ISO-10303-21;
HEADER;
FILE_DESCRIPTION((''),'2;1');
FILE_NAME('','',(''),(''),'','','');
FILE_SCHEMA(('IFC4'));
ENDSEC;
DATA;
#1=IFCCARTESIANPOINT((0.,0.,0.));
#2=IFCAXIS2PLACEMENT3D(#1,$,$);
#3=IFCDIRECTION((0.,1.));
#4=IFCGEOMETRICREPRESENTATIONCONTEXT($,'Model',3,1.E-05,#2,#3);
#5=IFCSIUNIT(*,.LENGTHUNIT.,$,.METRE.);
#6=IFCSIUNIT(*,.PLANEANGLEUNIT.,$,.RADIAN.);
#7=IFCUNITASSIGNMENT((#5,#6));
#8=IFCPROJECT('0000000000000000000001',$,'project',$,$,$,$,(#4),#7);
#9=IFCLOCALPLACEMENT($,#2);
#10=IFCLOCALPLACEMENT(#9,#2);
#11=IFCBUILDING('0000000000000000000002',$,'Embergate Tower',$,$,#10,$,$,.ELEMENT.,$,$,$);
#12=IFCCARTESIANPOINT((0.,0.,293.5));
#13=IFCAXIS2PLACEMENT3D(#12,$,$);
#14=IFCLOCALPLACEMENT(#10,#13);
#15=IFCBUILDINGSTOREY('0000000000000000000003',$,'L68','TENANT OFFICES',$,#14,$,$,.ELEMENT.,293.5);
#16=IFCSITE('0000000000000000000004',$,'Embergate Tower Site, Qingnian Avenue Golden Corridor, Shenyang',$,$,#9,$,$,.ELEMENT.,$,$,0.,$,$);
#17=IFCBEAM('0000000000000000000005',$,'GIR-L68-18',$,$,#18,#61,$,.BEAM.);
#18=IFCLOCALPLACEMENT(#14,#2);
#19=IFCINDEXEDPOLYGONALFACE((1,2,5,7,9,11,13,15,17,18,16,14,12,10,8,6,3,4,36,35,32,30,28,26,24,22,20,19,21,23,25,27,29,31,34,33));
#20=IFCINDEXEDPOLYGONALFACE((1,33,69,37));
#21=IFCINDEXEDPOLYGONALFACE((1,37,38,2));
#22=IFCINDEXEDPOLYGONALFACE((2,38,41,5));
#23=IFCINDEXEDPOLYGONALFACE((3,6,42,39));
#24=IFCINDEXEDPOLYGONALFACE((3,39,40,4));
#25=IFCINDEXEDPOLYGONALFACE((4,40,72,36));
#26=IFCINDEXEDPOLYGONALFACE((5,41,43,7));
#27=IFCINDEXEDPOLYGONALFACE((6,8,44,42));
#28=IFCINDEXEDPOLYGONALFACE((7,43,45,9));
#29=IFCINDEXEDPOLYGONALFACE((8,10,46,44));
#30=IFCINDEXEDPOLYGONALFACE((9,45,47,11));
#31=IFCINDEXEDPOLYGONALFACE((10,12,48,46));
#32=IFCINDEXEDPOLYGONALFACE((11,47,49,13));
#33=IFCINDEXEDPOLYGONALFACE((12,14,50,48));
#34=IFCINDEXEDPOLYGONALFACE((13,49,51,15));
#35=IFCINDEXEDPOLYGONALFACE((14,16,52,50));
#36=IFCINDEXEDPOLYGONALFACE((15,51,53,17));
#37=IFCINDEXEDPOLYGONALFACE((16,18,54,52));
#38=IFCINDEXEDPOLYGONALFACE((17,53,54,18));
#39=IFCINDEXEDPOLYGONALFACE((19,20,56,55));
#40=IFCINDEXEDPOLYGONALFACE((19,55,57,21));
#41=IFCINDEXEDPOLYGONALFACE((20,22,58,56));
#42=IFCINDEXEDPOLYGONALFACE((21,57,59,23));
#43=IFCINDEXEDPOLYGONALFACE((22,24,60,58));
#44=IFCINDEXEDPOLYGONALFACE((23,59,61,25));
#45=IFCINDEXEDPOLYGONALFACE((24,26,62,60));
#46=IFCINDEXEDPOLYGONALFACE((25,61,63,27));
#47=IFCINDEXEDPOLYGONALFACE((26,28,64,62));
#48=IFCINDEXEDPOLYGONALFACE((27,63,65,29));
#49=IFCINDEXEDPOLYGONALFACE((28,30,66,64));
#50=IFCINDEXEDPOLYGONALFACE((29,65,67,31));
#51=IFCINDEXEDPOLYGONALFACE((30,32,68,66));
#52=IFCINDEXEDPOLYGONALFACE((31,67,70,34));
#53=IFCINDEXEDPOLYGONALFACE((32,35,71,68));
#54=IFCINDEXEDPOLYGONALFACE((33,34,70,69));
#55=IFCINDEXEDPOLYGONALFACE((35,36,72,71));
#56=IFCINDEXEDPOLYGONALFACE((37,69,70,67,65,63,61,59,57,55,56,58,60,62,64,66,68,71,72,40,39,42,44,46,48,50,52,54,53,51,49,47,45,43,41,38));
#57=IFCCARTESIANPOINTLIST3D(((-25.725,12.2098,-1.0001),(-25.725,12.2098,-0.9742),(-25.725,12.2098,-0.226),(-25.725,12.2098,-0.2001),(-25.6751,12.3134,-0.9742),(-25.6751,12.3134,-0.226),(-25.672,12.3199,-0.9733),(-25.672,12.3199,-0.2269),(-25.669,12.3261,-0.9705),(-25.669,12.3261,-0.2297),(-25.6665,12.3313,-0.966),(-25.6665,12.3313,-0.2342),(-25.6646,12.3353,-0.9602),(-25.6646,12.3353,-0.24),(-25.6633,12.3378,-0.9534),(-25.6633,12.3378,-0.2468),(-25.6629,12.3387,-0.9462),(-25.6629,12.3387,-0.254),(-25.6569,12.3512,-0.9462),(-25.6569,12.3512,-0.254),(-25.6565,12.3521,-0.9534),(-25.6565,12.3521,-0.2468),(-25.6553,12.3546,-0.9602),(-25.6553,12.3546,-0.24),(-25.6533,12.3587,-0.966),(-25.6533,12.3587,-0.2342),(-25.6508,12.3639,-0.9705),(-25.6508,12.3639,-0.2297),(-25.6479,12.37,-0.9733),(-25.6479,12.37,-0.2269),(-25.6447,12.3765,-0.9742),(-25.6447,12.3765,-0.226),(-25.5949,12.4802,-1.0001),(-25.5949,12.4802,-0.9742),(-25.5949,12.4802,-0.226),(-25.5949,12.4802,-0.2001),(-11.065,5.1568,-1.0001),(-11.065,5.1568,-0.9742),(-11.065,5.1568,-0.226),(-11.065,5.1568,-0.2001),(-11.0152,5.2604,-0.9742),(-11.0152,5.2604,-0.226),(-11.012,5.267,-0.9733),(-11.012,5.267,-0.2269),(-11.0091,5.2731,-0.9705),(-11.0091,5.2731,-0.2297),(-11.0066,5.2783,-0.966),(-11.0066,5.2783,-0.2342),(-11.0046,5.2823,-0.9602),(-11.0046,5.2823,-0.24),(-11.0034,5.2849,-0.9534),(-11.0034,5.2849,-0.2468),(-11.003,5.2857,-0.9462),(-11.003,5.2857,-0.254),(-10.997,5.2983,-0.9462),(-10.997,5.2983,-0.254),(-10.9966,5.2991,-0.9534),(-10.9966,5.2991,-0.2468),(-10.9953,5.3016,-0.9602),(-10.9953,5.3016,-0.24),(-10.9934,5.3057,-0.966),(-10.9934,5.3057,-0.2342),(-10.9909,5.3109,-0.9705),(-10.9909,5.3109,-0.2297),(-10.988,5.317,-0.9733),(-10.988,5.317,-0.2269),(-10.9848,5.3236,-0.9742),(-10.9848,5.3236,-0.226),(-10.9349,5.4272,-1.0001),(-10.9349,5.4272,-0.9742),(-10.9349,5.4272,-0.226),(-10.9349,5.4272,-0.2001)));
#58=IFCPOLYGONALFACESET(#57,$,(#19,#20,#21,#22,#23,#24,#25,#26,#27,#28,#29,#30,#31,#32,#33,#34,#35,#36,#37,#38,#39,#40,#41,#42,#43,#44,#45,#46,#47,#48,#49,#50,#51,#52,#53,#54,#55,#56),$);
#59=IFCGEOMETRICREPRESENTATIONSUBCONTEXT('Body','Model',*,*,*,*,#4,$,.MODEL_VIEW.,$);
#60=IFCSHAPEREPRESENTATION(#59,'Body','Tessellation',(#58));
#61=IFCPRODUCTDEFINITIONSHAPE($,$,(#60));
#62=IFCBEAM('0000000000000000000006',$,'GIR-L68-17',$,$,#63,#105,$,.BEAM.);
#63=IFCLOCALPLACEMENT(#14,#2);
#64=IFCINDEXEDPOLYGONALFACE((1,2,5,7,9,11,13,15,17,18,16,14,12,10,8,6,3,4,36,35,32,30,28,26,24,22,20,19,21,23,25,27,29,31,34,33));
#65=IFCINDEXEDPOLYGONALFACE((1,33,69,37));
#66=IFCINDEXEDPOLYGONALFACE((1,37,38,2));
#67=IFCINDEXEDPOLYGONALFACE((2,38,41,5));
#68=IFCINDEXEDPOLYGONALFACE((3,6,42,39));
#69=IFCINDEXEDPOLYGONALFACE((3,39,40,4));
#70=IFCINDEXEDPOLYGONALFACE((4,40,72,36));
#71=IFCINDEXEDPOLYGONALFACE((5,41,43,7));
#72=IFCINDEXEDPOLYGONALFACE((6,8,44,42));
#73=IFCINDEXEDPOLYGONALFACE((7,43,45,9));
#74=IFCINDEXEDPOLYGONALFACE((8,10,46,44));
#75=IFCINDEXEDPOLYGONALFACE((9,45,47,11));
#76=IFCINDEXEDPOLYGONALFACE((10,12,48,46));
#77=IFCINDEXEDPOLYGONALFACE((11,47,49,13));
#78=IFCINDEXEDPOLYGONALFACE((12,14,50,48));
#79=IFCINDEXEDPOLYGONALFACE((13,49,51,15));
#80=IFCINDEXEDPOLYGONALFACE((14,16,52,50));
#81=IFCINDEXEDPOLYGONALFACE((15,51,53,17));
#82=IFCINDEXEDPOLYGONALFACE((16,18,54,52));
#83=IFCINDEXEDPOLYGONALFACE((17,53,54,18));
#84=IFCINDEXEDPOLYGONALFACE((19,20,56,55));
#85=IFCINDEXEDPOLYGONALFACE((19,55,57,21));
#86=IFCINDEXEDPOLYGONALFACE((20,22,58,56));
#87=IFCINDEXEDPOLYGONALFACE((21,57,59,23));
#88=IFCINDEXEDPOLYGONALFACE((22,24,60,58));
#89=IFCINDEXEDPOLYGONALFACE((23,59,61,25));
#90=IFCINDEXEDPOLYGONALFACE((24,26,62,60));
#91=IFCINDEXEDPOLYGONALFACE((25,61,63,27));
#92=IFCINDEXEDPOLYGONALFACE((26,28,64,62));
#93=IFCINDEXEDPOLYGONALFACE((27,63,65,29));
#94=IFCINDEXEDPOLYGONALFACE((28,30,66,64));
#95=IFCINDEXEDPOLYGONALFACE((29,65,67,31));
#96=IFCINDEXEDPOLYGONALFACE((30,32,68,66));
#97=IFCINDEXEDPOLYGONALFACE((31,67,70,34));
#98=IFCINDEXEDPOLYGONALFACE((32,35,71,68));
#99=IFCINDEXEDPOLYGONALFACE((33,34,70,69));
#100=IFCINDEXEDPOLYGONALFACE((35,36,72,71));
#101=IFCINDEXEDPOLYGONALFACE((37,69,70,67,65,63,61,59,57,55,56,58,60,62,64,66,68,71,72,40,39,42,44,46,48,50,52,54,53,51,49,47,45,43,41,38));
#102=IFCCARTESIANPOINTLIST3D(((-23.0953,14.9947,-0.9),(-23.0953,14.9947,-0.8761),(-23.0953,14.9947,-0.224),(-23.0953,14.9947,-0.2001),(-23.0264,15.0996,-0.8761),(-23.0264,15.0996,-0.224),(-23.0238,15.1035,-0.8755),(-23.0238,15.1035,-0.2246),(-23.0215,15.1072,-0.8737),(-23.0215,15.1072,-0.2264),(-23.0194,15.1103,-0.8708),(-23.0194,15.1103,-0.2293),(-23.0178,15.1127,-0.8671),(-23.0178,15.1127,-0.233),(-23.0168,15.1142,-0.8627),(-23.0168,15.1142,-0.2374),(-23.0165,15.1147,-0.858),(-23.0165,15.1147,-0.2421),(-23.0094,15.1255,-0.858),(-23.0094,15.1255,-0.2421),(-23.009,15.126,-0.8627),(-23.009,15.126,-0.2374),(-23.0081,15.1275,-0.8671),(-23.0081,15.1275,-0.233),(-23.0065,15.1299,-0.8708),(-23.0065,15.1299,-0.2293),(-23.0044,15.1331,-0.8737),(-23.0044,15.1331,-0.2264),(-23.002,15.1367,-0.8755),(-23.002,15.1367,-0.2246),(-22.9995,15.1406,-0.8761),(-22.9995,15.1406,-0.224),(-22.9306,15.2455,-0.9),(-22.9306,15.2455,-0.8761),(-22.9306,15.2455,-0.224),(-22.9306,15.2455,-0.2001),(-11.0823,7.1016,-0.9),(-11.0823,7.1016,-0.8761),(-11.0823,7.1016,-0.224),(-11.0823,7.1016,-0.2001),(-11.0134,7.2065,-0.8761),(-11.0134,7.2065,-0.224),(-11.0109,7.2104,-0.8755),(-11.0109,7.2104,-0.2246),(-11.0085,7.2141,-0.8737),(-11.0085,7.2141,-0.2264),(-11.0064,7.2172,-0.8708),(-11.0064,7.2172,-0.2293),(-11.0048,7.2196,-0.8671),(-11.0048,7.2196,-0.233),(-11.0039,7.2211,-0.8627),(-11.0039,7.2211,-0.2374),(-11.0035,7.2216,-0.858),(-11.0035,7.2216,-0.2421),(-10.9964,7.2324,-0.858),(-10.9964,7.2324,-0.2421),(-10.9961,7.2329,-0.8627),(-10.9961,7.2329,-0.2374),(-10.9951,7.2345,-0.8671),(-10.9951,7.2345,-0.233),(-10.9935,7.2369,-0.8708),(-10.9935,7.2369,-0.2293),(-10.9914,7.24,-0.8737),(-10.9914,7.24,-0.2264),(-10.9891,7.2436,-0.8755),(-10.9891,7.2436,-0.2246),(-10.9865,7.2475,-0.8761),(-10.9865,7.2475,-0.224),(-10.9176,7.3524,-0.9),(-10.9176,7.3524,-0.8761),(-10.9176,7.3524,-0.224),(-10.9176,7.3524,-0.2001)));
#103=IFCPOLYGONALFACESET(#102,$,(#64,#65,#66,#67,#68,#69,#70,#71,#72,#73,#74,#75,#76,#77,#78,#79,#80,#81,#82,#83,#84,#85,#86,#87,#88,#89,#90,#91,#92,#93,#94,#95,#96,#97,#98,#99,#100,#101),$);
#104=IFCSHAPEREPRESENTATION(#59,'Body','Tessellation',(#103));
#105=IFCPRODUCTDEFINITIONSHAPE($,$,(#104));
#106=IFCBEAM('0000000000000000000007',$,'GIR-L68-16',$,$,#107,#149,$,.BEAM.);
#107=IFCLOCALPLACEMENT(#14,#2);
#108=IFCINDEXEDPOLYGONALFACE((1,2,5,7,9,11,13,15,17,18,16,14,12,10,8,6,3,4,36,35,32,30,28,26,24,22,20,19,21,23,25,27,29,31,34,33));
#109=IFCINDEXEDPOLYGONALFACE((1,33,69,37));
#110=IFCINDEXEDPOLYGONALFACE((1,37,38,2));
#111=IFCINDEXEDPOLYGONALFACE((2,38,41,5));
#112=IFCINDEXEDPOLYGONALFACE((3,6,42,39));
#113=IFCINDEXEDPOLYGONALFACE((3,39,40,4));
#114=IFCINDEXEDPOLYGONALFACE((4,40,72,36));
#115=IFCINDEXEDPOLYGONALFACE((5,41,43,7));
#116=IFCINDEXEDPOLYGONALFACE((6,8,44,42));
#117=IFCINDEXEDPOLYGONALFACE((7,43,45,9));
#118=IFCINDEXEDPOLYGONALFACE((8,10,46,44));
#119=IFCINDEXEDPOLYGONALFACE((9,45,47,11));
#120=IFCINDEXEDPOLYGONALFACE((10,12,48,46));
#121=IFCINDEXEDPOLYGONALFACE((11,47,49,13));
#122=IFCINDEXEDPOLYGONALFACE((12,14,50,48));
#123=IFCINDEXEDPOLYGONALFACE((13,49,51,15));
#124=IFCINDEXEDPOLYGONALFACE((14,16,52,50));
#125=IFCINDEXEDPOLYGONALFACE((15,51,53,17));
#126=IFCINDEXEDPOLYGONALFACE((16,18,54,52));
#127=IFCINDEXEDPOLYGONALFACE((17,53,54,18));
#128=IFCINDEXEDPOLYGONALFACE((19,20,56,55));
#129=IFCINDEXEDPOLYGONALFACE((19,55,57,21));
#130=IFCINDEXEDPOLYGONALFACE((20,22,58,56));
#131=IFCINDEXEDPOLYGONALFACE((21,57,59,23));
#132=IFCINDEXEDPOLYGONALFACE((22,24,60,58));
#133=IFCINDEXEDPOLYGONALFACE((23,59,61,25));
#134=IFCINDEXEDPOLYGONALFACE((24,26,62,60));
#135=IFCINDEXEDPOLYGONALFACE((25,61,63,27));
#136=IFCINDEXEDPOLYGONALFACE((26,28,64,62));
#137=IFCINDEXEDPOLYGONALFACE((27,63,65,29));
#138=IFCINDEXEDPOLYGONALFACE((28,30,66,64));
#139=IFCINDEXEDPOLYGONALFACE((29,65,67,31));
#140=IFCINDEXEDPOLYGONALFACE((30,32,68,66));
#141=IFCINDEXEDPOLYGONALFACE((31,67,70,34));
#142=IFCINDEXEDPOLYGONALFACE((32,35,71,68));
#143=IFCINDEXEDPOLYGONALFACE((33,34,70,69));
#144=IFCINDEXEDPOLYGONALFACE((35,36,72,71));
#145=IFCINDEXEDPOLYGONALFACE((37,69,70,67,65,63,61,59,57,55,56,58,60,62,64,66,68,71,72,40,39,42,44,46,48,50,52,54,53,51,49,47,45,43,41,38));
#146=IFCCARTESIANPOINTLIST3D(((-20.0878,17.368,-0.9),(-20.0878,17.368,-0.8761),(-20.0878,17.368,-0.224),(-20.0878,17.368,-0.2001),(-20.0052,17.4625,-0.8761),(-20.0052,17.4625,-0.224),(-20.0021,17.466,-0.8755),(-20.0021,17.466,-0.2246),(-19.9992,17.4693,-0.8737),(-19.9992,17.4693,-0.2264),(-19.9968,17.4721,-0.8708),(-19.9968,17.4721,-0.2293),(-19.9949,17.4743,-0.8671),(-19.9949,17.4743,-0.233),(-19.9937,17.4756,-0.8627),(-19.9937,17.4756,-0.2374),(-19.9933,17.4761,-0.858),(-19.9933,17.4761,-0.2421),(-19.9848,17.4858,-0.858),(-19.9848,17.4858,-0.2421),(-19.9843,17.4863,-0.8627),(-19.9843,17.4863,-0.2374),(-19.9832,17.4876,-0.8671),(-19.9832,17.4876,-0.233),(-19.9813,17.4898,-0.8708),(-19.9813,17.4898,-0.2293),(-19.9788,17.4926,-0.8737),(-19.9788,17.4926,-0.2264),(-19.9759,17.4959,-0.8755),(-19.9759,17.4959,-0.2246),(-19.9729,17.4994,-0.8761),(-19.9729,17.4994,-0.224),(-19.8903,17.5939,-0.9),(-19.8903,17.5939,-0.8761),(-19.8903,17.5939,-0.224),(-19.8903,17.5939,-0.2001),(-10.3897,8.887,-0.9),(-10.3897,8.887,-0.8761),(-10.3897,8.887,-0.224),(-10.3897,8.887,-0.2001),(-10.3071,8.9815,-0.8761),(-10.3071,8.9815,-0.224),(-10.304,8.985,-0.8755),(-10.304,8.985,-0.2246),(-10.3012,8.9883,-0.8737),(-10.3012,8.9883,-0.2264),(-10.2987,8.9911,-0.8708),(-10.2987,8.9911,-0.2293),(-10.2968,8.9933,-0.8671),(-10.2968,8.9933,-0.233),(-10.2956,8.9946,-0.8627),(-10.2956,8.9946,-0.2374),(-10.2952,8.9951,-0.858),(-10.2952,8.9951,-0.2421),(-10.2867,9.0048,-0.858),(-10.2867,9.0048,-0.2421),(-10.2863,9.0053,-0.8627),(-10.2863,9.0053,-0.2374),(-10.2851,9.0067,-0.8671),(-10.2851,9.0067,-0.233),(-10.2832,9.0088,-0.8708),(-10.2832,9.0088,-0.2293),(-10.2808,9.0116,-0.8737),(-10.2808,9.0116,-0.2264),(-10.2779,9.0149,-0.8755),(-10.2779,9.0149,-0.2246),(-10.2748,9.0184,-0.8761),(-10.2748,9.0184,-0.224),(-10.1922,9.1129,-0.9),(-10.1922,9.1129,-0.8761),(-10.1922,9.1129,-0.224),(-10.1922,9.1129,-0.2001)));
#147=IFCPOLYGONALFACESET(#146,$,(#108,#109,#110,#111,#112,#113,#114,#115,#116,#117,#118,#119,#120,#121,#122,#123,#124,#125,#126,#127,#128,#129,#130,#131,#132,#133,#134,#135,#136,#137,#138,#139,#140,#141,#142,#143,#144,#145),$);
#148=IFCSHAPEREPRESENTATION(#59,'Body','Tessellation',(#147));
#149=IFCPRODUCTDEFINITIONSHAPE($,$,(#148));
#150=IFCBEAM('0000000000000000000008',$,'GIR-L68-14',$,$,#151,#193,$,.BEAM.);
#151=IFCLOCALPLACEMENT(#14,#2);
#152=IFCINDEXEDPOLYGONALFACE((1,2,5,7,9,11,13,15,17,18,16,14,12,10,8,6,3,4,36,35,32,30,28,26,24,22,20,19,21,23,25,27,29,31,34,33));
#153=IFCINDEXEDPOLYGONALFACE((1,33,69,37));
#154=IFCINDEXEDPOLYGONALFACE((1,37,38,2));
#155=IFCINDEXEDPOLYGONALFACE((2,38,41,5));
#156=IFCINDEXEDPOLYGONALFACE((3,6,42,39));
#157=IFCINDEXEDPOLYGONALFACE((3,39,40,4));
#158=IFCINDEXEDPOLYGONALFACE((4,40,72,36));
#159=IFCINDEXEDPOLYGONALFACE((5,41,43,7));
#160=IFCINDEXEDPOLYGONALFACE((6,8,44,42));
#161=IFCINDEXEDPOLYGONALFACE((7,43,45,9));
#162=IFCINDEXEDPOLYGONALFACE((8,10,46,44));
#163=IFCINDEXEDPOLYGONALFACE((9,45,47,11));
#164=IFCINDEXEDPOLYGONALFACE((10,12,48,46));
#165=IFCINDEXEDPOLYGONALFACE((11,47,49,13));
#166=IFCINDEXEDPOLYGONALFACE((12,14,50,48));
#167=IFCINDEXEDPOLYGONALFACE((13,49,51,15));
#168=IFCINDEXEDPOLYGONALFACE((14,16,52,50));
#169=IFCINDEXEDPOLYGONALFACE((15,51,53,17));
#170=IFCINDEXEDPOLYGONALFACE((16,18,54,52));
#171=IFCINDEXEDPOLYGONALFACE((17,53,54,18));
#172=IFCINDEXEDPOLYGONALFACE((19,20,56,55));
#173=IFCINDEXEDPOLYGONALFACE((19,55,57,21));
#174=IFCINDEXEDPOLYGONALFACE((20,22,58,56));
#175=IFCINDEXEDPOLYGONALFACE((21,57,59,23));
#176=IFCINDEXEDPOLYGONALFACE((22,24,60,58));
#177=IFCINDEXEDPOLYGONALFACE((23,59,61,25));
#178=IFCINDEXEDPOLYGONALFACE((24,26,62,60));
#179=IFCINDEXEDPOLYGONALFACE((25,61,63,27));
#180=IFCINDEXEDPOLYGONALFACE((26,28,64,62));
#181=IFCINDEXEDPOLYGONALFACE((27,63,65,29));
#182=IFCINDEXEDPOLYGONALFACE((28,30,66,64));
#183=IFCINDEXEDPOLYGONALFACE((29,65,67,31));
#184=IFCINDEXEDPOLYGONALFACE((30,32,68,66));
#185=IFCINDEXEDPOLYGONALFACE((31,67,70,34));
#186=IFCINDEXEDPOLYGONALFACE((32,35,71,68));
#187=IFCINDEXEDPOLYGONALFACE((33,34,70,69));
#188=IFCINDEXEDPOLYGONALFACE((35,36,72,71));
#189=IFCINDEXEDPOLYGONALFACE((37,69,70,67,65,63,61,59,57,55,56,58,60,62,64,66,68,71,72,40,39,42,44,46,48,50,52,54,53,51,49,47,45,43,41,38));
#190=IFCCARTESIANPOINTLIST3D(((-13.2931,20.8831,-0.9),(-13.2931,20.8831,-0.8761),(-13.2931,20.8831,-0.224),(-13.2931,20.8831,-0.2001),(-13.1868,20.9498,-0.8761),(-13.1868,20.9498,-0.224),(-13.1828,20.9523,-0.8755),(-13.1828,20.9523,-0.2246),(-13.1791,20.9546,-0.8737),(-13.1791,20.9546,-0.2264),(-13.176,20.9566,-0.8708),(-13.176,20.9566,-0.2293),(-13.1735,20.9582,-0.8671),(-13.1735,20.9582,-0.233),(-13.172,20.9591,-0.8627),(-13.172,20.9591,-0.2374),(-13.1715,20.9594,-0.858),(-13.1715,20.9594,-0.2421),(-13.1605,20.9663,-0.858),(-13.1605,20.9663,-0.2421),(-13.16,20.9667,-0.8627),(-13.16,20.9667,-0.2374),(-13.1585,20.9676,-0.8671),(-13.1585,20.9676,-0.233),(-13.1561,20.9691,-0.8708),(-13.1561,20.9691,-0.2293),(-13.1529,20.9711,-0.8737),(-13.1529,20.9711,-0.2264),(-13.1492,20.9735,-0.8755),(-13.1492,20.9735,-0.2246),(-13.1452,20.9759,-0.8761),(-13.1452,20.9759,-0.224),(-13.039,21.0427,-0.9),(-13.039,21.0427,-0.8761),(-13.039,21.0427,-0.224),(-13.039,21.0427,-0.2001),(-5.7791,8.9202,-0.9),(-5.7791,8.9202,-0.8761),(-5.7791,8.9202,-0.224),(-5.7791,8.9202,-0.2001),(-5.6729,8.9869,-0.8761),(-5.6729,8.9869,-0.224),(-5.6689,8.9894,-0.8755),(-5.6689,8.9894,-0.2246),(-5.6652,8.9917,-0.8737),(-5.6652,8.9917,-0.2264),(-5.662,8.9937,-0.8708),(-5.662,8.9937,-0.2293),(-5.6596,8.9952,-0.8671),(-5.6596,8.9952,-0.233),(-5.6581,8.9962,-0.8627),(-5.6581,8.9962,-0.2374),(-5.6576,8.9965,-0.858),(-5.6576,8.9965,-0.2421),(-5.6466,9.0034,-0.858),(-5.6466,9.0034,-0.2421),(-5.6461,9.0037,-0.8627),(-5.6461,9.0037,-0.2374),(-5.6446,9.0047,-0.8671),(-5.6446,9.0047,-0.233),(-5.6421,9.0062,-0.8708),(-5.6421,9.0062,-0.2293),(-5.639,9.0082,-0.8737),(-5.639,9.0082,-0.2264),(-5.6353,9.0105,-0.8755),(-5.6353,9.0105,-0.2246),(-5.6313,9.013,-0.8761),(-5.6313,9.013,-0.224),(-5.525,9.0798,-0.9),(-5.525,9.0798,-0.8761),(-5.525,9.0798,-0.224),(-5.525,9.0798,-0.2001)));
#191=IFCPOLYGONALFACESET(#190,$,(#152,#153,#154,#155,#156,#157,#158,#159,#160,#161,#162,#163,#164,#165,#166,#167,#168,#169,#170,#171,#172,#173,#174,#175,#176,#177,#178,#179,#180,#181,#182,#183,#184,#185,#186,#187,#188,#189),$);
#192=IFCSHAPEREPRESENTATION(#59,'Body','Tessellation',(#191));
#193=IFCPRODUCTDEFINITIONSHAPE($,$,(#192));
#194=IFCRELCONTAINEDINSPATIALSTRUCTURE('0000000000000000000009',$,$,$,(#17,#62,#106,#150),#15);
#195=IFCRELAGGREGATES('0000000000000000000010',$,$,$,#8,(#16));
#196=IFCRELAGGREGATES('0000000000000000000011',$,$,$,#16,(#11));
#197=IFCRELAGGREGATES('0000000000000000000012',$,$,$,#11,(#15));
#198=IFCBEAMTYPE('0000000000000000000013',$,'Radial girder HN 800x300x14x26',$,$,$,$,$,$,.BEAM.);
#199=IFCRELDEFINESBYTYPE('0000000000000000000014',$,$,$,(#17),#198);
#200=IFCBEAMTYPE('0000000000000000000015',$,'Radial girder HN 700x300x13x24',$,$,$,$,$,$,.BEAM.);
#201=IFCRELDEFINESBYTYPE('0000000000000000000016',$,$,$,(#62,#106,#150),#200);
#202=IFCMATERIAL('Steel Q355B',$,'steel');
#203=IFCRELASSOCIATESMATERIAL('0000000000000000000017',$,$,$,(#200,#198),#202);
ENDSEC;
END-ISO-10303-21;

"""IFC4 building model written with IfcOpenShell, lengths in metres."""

from ifc_helpers import new_model, si_unit, direction, frame, origin, origin_2d, place, context, subcontext, project, spatial, i_section, extrude, source, transform, mapped, material, material_profile, profile_set, type_object, element, save


model = new_model("IFC4")

# Units and contexts
model_context = context("Model", 3, precision=1e-05, world=origin(), true_north=direction((0.0, 1.0)))
body_context = subcontext(model_context, "Body", "Model", "MODEL_VIEW")
ifc_project = project(units=[si_unit("LENGTHUNIT", "METRE"), si_unit("PLANEANGLEUNIT", "RADIAN")], contexts=[model_context])

# Site, building, storey
site_placement = place(None, origin())
site = spatial("IfcSite", under=ifc_project, at=site_placement, Name="Embergate Tower Site, Qingnian Avenue Golden Corridor, Shenyang", CompositionType="ELEMENT", RefElevation=0.0)
building_placement = place(site_placement, origin())
building = spatial("IfcBuilding", under=site, at=building_placement, Name="Embergate Tower", CompositionType="ELEMENT")
storey_placement = place(building_placement, frame((0.0, 0.0, 293.5)))
storey = spatial("IfcBuildingStorey", under=building, at=storey_placement, Name="L68", Description="TENANT OFFICES", CompositionType="ELEMENT", Elevation=293.5)

# Beams
ifc_material_1 = material(Name="Steel Q355B", Category="steel")
ifc_material_profile_1 = material_profile(ifc_material_1, i_section(OverallWidth=0.3, OverallDepth=0.7, WebThickness=0.0129, FlangeThickness=0.0239, FilletRadius=0.0181, at=origin_2d()), Name="HN 700x300x13x24")
ifc_profile_set_1 = profile_set([ifc_material_profile_1], Name="Steel Q355 grade B")
beam_type_1 = type_object("IfcBeamType", Name="Radial girder HN 700x300x13x24", PredefinedType="BEAM", material=ifc_profile_set_1)
ifc_material_profile_2 = material_profile(ifc_material_1, i_section(OverallWidth=0.3, OverallDepth=0.8, WebThickness=0.0139, FlangeThickness=0.0259, FilletRadius=0.0281, at=origin_2d()), Name="HN 800x300x14x26")
ifc_profile_set_2 = profile_set([ifc_material_profile_2], Name="Steel Q355 grade B")
beam_type_2 = type_object("IfcBeamType", Name="Radial girder HN 800x300x14x26", PredefinedType="BEAM", material=ifc_profile_set_2)
shared_shape_1 = source(origin(), body_context, "Body", "SweptSolid", [
    extrude(i_section(OverallWidth=0.3, OverallDepth=0.8, WebThickness=0.0139, FlangeThickness=0.0259, FilletRadius=0.0281, at=origin_2d()), origin(), (0.0, 0.0, 1.0), 16.2683),
])
beam_1_placement = place(storey_placement, frame((-25.6599, 12.345, -0.6001), z_axis=(0.901134, -0.433541, 0.0), x_axis=(0.433541, 0.901134, 0.0)))
element("IfcBeam", 1, at=beam_1_placement, inside=storey, type_object=beam_type_2, Name="GIR-L68-18", PredefinedType="BEAM", context=body_context, shape_type="MappedRepresentation", body=[
    mapped(shared_shape_1, transform((0.0, 0.0, 0.0))),
])
shared_shape_2 = source(origin(), body_context, "Body", "SweptSolid", [
    extrude(i_section(OverallWidth=0.3, OverallDepth=0.7, WebThickness=0.0129, FlangeThickness=0.0239, FilletRadius=0.0181, at=origin_2d()), origin(), (0.0, 0.0, 1.0), 14.374),
])
beam_2_placement = place(storey_placement, frame((-23.0129, 15.1201, -0.55), z_axis=(0.835742, -0.549122, 0.0), x_axis=(0.549122, 0.835742, 0.0)))
element("IfcBeam", 2, at=beam_2_placement, inside=storey, type_object=beam_type_1, Name="GIR-L68-17", PredefinedType="BEAM", context=body_context, shape_type="MappedRepresentation", body=[
    mapped(shared_shape_2, transform((0.0, 0.0, 0.0))),
])
shared_shape_3 = source(origin(), body_context, "Body", "SweptSolid", [
    extrude(i_section(OverallWidth=0.3, OverallDepth=0.7, WebThickness=0.0129, FlangeThickness=0.0239, FilletRadius=0.0181, at=origin_2d()), origin(), (0.0, 0.0, 1.0), 12.8833),
])
beam_3_placement = place(storey_placement, frame((-19.989, 17.481, -0.55), z_axis=(0.752761, -0.658294, 0.0), x_axis=(0.658294, 0.752761, 0.0)))
element("IfcBeam", 3, at=beam_3_placement, inside=storey, type_object=beam_type_1, Name="GIR-L68-16", PredefinedType="BEAM", context=body_context, shape_type="MappedRepresentation", body=[
    mapped(shared_shape_3, transform((0.0, 0.0, 0.0))),
])
shared_shape_4 = source(origin(), body_context, "Body", "SweptSolid", [
    extrude(i_section(OverallWidth=0.3, OverallDepth=0.7, WebThickness=0.0129, FlangeThickness=0.0239, FilletRadius=0.0181, at=origin_2d()), origin(), (0.0, 0.0, 1.0), 14.127),
])
beam_4_placement = place(storey_placement, frame((-13.166, 20.9629, -0.55), z_axis=(0.531887, -0.846816, 0.0), x_axis=(0.846816, 0.531887, 0.0)))
element("IfcBeam", 4, at=beam_4_placement, inside=storey, type_object=beam_type_1, Name="GIR-L68-14", PredefinedType="BEAM", context=body_context, shape_type="MappedRepresentation", body=[
    mapped(shared_shape_4, transform((0.0, 0.0, 0.0))),
])

save(model, "model.ifc")
